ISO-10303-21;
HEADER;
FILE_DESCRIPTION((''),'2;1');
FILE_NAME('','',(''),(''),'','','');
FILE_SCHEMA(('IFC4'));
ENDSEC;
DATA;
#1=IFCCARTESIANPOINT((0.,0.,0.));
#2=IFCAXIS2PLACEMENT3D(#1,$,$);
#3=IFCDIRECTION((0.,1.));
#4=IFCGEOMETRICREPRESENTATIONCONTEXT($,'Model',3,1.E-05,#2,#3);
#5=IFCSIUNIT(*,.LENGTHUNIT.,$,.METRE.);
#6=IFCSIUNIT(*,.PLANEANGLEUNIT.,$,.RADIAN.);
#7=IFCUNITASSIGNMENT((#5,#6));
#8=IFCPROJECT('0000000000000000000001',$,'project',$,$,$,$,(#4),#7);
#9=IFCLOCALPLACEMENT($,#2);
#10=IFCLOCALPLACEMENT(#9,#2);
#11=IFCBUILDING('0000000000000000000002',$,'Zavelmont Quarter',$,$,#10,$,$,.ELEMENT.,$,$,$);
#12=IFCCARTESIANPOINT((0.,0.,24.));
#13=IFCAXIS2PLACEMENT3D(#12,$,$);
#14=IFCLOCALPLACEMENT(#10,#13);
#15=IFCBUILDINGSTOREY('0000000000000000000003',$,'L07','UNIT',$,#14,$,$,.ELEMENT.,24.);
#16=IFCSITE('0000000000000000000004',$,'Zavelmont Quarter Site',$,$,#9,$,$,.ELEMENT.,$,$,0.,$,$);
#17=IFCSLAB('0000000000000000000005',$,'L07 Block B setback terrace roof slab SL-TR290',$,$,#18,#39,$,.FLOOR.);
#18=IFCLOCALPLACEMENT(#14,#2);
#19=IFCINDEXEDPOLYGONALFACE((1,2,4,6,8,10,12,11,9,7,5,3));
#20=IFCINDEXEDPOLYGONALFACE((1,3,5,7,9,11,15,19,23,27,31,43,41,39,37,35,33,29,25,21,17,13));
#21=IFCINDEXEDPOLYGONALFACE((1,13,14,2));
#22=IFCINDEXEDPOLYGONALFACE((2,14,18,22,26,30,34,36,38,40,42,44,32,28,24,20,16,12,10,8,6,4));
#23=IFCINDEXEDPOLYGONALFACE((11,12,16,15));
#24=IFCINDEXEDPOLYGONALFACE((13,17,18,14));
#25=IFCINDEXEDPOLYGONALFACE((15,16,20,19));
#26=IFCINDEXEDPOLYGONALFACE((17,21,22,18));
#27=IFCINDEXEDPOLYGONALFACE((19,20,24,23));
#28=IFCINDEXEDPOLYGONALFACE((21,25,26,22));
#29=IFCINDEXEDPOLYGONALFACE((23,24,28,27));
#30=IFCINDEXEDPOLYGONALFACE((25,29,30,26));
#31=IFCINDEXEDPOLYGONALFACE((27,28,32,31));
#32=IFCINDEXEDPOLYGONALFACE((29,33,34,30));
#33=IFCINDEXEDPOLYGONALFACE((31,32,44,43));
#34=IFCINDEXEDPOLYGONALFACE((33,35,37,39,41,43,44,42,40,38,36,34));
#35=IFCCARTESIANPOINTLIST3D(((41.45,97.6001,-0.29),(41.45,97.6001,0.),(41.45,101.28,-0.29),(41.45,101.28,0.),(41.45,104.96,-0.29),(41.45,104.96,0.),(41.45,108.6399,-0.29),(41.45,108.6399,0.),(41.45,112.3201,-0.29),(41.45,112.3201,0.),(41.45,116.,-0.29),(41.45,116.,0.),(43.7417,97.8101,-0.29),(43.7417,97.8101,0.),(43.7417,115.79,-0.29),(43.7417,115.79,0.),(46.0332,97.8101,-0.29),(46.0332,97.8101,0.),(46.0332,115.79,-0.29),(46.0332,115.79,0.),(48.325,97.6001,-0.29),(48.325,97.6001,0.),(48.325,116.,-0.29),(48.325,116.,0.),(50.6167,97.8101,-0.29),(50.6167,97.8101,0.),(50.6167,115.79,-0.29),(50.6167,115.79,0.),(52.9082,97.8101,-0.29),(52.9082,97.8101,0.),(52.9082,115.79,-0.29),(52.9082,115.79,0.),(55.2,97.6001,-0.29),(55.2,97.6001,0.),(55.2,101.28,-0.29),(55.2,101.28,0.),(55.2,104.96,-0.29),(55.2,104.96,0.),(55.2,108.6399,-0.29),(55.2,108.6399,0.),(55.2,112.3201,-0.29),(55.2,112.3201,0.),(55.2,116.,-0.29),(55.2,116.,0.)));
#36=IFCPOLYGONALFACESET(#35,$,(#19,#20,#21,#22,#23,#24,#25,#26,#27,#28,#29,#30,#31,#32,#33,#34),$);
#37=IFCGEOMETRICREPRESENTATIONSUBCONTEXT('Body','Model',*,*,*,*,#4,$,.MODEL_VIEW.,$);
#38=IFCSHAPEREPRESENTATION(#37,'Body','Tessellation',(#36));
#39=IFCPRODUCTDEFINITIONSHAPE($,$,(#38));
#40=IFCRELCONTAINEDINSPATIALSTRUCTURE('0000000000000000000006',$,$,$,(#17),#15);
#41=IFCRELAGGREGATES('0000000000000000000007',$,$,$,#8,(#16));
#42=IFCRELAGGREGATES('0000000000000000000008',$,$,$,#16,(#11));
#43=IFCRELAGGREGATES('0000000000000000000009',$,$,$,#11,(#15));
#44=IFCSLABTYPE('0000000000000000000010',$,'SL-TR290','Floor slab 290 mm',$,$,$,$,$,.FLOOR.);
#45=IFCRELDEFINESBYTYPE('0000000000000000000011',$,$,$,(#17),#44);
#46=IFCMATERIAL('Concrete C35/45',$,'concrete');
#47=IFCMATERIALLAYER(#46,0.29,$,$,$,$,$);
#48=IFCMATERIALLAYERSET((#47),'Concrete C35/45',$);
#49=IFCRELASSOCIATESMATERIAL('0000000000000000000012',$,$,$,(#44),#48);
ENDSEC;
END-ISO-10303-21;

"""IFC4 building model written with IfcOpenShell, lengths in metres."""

from ifc_helpers import new_model, si_unit, direction, frame, origin, place, context, subcontext, project, spatial, polyline, outline, extrude, material, layer, layer_set, type_object, element, save


model = new_model("IFC4")

# Units and contexts
model_context = context("Model", 3, precision=1e-05, world=origin(), true_north=direction((0.0, 1.0)))
body_context = subcontext(model_context, "Body", "Model", "MODEL_VIEW")
ifc_project = project(units=[si_unit("LENGTHUNIT", "METRE"), si_unit("PLANEANGLEUNIT", "RADIAN")], contexts=[model_context])

# Site, building, storey
site_placement = place(None, origin())
site = spatial("IfcSite", under=ifc_project, at=site_placement, Name="Zavelmont Quarter Site", CompositionType="ELEMENT", RefElevation=0.0)
building_placement = place(site_placement, origin())
building = spatial("IfcBuilding", under=site, at=building_placement, Name="Zavelmont Quarter", CompositionType="ELEMENT")
storey_placement = place(building_placement, frame((0.0, 0.0, 24.0)))
storey = spatial("IfcBuildingStorey", under=building, at=storey_placement, Name="L07", Description="UNIT", CompositionType="ELEMENT", Elevation=24.0)

# Shared definitions
ifc_material_1 = material(Name="Concrete C35/45", Category="concrete")

# Slab
ifc_layer_1 = layer(ifc_material_1, 0.29)
ifc_layer_set_1 = layer_set([ifc_layer_1], Name="Concrete C35/45")
slab_type_1 = type_object("IfcSlabType", Name="SL-TR290", Description="Floor slab 290 mm", PredefinedType="FLOOR", material=ifc_layer_set_1)
slab_1_placement = place(storey_placement, frame((0.0, 0.0, -0.29)))
element("IfcSlab", 1, at=slab_1_placement, inside=storey, type_object=slab_type_1, Name="L07 Block B setback terrace roof slab SL-TR290", PredefinedType="FLOOR", context=body_context, shape_type="SweptSolid", body=[
    extrude(outline(polyline([(41.45, 97.6001), (43.7417, 97.8101), (46.0332, 97.8101), (48.325, 97.6001), (50.6167, 97.8101), (52.9082, 97.8101), (55.2, 97.6001), (55.2, 101.28), (55.2, 104.96), (55.2, 108.6399), (55.2, 112.3201), (55.2, 116.0), (52.9082, 115.79), (50.6167, 115.79), (48.325, 116.0), (46.0332, 115.79), (43.7417, 115.79), (41.45, 116.0), (41.45, 112.3201), (41.45, 108.6399), (41.45, 104.96), (41.45, 101.28), (41.45, 97.6001)])), origin(), (0.0, 0.0, 1.0), 0.29),
])

save(model, "model.ifc")
